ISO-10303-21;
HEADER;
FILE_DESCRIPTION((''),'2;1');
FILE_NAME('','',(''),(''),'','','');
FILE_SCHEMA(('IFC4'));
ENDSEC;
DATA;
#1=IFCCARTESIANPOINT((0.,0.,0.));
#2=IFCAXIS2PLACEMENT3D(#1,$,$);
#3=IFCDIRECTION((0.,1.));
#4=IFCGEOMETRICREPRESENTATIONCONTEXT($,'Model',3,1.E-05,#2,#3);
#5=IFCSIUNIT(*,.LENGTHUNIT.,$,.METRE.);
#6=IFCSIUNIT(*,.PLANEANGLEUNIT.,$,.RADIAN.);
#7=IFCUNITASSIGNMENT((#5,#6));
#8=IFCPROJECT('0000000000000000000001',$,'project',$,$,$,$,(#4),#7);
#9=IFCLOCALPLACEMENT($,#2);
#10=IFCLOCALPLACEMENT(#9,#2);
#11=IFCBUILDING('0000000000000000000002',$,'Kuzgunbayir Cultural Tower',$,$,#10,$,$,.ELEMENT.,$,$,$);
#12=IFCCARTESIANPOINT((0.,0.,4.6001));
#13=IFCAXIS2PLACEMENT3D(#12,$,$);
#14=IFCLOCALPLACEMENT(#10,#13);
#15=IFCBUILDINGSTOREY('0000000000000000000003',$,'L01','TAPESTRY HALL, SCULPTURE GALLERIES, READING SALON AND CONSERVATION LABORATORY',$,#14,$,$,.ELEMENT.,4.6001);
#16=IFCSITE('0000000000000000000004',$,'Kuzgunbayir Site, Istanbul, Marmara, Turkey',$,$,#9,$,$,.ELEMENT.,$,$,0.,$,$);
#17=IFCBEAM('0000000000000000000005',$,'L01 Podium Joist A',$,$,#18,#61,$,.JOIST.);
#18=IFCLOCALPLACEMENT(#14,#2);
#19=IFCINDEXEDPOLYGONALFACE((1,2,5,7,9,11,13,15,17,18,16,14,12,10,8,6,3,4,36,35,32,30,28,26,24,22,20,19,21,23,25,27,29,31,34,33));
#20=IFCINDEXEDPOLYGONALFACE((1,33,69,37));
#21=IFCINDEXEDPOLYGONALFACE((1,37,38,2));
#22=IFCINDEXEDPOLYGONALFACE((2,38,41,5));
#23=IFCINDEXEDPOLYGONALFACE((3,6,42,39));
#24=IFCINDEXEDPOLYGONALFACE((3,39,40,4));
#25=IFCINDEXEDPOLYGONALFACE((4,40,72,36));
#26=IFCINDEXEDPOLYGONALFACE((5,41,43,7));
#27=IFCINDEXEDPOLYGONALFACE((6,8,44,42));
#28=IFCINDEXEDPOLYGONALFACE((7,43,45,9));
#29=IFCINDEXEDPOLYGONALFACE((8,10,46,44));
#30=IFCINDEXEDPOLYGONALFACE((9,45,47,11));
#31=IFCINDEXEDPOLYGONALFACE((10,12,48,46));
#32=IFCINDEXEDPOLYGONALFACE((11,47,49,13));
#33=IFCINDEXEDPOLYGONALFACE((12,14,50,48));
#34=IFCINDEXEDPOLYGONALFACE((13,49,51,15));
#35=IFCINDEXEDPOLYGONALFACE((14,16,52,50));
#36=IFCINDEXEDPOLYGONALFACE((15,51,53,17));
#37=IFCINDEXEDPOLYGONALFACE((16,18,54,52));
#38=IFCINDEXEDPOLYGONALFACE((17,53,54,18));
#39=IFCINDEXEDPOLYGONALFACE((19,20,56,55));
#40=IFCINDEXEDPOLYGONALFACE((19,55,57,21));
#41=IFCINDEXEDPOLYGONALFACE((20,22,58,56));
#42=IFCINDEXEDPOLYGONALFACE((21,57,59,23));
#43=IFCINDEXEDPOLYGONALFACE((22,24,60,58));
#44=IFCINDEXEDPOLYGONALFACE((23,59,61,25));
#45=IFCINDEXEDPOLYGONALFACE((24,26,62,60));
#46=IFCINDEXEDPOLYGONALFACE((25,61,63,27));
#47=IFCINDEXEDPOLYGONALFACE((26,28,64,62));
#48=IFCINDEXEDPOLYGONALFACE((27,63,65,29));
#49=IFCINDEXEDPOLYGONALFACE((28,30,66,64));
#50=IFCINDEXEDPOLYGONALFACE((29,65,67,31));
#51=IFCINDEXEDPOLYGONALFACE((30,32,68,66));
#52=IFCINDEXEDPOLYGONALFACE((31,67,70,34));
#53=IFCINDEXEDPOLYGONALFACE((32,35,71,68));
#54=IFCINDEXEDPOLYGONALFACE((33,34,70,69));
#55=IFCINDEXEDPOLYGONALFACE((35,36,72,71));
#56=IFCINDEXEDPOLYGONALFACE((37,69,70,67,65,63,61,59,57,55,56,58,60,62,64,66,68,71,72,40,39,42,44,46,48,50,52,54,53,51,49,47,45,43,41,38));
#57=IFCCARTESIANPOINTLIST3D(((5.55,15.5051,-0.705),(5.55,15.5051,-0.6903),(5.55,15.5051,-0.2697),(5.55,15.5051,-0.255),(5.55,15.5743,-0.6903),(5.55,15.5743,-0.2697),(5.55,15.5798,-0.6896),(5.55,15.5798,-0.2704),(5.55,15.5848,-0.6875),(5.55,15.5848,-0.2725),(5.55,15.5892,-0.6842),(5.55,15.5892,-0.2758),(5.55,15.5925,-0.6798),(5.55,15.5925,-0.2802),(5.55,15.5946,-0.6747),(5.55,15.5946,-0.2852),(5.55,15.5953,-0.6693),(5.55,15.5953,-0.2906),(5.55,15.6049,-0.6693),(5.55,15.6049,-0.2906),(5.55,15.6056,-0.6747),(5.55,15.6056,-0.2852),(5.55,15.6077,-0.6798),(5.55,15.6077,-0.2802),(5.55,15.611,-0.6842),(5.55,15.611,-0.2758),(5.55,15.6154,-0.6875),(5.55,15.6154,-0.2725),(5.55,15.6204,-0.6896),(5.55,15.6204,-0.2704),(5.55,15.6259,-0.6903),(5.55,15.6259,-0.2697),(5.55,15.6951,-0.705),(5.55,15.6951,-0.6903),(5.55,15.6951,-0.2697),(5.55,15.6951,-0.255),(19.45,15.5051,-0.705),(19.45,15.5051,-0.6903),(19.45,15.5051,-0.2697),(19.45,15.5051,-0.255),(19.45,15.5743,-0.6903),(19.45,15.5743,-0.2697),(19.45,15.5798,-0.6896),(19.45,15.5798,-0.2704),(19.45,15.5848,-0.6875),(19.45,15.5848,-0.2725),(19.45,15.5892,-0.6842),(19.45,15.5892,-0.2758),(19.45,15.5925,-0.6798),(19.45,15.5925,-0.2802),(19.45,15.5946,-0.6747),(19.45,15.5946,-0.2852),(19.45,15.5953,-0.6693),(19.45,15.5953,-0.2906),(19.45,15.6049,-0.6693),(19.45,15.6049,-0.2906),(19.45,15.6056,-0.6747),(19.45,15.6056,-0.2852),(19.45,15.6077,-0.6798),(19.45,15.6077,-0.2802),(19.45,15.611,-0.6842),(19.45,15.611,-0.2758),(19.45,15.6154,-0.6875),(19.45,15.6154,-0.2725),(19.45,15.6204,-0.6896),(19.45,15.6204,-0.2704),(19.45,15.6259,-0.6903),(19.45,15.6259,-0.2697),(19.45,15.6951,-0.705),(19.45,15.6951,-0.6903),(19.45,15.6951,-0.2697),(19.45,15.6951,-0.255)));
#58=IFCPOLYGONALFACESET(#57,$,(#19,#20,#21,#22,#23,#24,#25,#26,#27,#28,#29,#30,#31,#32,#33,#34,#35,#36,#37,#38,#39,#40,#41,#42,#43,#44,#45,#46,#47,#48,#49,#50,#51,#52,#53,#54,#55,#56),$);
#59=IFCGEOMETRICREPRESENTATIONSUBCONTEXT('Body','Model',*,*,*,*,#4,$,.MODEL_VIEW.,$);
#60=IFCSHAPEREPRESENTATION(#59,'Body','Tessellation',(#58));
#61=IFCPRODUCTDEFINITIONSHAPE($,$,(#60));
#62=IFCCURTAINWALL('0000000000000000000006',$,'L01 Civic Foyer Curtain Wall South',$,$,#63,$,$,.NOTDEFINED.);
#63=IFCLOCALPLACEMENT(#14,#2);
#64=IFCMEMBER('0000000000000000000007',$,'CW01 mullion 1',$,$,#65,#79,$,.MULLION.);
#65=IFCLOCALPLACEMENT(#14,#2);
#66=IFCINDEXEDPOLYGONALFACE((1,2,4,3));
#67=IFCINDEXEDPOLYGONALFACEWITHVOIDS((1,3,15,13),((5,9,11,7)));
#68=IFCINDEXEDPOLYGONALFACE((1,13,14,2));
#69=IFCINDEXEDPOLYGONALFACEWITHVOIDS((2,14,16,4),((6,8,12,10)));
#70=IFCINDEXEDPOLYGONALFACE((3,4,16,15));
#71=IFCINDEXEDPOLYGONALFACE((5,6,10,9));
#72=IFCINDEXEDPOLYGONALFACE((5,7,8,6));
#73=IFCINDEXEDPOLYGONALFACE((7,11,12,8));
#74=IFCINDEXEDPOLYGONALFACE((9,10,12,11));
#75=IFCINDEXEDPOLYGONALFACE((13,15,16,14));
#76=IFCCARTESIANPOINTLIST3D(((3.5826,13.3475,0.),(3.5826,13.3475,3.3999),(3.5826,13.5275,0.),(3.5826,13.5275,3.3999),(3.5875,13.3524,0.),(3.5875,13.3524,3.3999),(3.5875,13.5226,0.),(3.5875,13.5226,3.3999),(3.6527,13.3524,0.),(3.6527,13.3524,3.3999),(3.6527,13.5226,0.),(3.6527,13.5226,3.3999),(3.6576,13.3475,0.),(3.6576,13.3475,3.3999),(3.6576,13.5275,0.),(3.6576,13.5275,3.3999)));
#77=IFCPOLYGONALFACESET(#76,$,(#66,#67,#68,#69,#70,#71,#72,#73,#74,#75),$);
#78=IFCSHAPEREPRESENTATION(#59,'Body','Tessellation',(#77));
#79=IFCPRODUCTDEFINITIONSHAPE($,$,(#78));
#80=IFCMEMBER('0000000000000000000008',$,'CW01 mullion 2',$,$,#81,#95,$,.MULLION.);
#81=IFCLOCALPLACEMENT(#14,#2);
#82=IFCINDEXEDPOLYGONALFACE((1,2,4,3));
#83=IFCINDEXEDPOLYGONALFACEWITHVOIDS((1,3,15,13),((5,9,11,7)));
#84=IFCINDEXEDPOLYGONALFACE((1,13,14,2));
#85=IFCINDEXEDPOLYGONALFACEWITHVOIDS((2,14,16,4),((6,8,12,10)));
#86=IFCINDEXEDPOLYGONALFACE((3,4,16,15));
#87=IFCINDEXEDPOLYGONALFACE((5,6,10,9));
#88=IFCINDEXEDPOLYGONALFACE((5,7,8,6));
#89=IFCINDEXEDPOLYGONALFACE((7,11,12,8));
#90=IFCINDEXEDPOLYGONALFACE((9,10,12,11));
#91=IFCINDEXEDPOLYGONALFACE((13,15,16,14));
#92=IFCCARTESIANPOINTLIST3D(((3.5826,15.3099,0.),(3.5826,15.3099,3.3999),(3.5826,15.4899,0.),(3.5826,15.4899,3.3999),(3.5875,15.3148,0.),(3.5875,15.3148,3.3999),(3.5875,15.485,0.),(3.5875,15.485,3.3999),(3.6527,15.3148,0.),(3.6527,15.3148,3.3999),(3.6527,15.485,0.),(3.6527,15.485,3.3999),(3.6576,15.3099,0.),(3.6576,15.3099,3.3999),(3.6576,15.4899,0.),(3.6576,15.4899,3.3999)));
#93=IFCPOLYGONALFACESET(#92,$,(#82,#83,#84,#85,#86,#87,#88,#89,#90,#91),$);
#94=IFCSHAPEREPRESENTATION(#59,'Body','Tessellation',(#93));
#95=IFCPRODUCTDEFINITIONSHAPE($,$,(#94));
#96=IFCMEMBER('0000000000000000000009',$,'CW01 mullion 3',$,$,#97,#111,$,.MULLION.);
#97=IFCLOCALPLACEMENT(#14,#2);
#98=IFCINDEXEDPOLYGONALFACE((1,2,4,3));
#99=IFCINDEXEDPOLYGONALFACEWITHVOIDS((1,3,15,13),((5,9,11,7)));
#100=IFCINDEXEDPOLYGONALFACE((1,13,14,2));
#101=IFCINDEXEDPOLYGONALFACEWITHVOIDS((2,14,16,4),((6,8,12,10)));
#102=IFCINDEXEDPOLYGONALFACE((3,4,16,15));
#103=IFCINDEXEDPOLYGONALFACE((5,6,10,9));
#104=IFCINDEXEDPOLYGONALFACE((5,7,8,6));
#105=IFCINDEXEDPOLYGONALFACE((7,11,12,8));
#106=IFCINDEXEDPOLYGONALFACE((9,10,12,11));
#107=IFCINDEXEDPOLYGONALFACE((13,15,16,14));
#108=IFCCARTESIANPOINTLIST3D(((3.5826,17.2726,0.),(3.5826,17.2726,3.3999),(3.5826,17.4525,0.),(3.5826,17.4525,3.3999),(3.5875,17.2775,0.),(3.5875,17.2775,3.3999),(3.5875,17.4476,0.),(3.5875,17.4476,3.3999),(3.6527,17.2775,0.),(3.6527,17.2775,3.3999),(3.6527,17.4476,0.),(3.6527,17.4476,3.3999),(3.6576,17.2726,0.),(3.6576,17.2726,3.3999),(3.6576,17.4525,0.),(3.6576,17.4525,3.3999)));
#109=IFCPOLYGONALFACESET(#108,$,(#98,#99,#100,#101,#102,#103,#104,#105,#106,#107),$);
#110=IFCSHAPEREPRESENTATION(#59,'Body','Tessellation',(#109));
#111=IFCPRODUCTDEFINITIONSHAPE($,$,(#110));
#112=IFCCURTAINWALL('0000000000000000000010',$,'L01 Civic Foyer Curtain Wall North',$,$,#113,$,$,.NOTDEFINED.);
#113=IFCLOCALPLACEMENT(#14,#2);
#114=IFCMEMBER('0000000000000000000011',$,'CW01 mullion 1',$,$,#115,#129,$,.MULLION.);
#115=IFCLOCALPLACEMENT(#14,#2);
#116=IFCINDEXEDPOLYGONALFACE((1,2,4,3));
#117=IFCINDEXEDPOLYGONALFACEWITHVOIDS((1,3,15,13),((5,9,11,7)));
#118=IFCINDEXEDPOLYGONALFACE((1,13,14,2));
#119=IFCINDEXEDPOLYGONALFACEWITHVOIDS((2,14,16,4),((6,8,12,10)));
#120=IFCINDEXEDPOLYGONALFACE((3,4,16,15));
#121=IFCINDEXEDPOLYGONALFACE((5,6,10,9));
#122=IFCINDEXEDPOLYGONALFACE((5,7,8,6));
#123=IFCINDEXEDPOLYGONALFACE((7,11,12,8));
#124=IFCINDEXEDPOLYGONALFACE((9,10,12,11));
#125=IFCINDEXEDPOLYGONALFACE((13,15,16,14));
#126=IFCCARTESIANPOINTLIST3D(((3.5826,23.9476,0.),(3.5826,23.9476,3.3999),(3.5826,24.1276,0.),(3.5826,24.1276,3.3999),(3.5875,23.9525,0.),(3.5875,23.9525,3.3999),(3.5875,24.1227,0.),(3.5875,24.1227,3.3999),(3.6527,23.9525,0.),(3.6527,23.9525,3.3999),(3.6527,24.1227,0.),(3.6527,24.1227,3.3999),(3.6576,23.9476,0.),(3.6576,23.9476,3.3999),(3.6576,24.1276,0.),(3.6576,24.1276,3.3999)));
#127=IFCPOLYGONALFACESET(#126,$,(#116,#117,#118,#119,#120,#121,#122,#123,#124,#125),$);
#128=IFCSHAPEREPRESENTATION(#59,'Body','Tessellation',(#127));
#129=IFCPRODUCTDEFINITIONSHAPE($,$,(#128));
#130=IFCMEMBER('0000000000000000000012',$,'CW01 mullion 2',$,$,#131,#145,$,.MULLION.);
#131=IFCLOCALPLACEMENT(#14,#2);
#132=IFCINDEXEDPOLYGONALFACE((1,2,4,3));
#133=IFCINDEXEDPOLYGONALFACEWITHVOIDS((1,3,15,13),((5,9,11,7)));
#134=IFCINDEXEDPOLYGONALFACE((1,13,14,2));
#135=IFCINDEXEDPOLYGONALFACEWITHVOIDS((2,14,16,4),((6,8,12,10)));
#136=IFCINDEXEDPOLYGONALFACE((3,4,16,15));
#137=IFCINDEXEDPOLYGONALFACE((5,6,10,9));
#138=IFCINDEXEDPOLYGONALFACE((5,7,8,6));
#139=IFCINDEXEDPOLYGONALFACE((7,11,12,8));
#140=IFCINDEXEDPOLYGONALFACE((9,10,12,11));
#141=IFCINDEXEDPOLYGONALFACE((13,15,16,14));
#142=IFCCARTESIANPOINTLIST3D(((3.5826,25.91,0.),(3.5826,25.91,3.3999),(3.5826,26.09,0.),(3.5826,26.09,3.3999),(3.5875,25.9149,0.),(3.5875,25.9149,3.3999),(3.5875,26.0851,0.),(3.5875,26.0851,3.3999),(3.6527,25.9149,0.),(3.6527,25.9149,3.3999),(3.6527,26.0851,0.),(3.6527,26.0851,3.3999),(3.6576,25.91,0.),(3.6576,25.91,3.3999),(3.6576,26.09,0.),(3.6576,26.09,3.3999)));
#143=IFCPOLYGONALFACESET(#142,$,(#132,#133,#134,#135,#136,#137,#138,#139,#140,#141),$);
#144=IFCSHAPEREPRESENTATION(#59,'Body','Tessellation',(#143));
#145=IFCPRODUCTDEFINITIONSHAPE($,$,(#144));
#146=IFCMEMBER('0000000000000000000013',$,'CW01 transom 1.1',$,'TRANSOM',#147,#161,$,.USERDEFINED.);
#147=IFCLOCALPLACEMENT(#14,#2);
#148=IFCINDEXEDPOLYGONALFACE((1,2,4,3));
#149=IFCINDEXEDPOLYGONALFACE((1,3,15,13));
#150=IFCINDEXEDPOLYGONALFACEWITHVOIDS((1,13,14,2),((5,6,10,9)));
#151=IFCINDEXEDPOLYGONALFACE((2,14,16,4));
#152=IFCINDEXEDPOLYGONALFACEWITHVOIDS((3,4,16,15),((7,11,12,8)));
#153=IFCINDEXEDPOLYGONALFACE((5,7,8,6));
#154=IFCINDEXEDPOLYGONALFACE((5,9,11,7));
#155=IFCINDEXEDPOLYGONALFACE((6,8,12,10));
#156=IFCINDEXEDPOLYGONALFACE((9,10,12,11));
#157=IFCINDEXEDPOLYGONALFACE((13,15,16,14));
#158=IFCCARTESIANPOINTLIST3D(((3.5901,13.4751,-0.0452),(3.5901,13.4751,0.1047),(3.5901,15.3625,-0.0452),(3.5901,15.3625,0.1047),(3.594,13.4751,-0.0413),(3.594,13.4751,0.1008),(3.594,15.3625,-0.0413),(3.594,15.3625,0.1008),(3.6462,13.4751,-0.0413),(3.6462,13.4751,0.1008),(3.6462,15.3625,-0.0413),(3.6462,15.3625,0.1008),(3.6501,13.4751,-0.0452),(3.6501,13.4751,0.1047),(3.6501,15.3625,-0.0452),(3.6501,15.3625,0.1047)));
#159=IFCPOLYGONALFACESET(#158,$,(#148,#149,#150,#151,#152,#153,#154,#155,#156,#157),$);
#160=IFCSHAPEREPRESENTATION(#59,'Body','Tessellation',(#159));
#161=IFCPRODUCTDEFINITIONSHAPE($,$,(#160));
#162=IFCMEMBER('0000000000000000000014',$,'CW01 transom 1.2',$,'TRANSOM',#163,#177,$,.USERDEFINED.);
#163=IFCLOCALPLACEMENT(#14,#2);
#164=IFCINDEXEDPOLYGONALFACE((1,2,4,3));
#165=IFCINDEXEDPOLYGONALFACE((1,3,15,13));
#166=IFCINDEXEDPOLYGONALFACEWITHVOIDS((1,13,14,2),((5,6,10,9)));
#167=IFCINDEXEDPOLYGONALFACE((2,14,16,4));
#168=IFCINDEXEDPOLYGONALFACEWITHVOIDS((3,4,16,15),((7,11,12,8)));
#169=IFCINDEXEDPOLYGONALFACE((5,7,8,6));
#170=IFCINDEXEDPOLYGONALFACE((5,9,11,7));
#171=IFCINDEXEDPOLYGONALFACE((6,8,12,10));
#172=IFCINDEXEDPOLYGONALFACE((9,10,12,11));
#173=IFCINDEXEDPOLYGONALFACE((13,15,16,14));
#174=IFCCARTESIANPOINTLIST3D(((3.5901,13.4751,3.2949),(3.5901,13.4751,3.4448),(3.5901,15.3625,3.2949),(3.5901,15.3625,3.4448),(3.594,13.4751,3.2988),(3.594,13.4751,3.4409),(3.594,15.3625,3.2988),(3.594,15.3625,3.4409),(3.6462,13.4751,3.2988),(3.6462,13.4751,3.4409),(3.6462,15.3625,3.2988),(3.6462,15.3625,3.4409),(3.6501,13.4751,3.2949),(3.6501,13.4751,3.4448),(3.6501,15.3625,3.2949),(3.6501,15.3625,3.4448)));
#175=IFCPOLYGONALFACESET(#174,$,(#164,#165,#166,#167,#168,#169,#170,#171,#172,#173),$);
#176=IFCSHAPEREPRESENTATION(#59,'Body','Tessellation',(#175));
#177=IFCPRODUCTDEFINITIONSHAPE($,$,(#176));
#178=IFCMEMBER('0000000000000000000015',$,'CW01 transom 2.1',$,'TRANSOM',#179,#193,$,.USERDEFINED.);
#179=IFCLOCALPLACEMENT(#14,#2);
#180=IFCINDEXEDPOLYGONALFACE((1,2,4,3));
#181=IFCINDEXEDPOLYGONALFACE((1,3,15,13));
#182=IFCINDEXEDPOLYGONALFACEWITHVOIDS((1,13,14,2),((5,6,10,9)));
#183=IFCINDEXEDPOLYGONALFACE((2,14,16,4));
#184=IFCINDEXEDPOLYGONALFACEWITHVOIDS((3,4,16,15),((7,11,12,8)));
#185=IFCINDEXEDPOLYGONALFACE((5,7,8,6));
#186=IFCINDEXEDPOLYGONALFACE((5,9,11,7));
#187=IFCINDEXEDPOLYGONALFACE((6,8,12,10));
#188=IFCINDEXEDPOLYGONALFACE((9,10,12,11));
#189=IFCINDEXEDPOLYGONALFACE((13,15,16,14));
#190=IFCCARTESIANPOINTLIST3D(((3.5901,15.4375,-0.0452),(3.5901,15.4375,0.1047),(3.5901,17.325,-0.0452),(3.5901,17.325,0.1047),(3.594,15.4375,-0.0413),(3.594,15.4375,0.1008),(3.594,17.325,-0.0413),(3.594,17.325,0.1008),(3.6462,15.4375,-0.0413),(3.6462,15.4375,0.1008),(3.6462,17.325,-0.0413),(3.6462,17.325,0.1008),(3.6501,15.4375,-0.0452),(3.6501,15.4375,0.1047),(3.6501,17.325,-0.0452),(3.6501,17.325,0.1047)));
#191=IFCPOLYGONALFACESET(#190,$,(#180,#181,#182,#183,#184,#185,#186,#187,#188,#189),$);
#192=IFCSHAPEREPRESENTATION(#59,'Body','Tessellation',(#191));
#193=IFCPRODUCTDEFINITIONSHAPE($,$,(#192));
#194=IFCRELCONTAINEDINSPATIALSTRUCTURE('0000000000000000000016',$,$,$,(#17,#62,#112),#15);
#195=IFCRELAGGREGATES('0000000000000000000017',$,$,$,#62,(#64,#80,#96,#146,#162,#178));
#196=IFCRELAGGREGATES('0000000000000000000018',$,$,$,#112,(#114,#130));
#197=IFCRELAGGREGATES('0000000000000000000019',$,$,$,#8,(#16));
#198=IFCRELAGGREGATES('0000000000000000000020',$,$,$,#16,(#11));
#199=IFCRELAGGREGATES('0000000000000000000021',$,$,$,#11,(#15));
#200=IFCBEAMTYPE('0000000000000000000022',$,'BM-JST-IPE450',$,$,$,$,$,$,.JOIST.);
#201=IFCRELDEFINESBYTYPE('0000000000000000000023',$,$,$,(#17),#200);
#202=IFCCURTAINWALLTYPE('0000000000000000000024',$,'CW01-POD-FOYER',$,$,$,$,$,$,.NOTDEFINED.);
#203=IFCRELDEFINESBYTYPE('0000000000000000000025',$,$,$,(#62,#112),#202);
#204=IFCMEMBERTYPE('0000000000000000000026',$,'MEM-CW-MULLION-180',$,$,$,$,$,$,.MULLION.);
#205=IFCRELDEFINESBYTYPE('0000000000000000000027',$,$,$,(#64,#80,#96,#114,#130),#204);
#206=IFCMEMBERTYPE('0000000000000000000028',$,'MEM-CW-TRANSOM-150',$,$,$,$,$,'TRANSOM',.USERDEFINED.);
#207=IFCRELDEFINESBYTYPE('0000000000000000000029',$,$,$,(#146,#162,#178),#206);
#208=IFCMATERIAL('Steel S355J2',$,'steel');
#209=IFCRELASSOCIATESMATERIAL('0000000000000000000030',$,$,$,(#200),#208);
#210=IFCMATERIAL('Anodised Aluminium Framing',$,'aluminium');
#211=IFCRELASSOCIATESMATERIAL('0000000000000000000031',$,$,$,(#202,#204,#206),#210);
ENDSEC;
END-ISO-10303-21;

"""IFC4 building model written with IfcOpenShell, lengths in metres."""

from ifc_helpers import new_model, si_unit, direction, frame, origin, origin_2d, place, context, subcontext, project, spatial, hollow_rectangle, i_section, extrude, material, material_profile, profile_set, type_object, element, aggregate, save


model = new_model("IFC4")

# Units and contexts
model_context = context("Model", 3, precision=1e-05, world=origin(), true_north=direction((0.0, 1.0)))
body_context = subcontext(model_context, "Body", "Model", "MODEL_VIEW")
ifc_project = project(units=[si_unit("LENGTHUNIT", "METRE"), si_unit("PLANEANGLEUNIT", "RADIAN")], contexts=[model_context])

# Site, building, storey
site_placement = place(None, origin())
site = spatial("IfcSite", under=ifc_project, at=site_placement, Name="Kuzgunbayir Site, Istanbul, Marmara, Turkey", CompositionType="ELEMENT", RefElevation=0.0)
building_placement = place(site_placement, origin())
building = spatial("IfcBuilding", under=site, at=building_placement, Name="Kuzgunbayir Cultural Tower", CompositionType="ELEMENT")
storey_placement = place(building_placement, frame((0.0, 0.0, 4.6001)))
storey = spatial("IfcBuildingStorey", under=building, at=storey_placement, Name="L01", Description="TAPESTRY HALL, SCULPTURE GALLERIES, READING SALON AND CONSERVATION LABORATORY", CompositionType="ELEMENT", Elevation=4.6001)

# Beam
ifc_material_1 = material(Name="Steel S355J2", Category="steel")
ifc_material_profile_1 = material_profile(ifc_material_1, i_section(OverallWidth=0.1899, OverallDepth=0.45, WebThickness=0.0095, FlangeThickness=0.0146, FilletRadius=0.021, at=origin_2d()), Name="IPE 450")
ifc_profile_set_1 = profile_set([ifc_material_profile_1], Name="Steel S355J2")
beam_type_1 = type_object("IfcBeamType", Name="BM-JST-IPE450", PredefinedType="JOIST", material=ifc_profile_set_1)
beam_1_placement = place(storey_placement, frame((5.55, 15.6001, -0.48), z_axis=(1.0, 0.0, 0.0), x_axis=(0.0, 1.0, 0.0)))
element("IfcBeam", 1, at=beam_1_placement, inside=storey, type_object=beam_type_1, Name="L01 Podium Joist A", PredefinedType="JOIST", context=body_context, shape_type="SweptSolid", body=[
    extrude(i_section(OverallWidth=0.1899, OverallDepth=0.45, WebThickness=0.0095, FlangeThickness=0.0146, FilletRadius=0.021, at=origin_2d()), origin(), (0.0, 0.0, 1.0), 13.8999),
])

# Curtain walls, members
ifc_material_2 = material(Name="Anodised Aluminium Framing", Category="aluminium")
curtain_wall_type = type_object("IfcCurtainWallType", Name="CW01-POD-FOYER", PredefinedType="NOTDEFINED", material=ifc_material_2)
curtain_wall_1_placement = place(storey_placement, origin())
curtain_wall_1 = element("IfcCurtainWall", 2, at=curtain_wall_1_placement, inside=storey, type_object=curtain_wall_type, Name="L01 Civic Foyer Curtain Wall South", PredefinedType="NOTDEFINED")
ifc_material_profile_2 = material_profile(ifc_material_2, hollow_rectangle(XDim=0.075, YDim=0.1799, WallThickness=0.0049, at=origin_2d()), Name="RHS 180x75x5")
ifc_profile_set_2 = profile_set([ifc_material_profile_2], Name="Anodised Aluminium Framing")
member_type_1 = type_object("IfcMemberType", Name="MEM-CW-MULLION-180", PredefinedType="MULLION", material=ifc_profile_set_2)
member_1_placement = place(storey_placement, frame((3.6201, 13.4375, 0.0), z_axis=(0.0, 0.0, 1.0), x_axis=(-1.0, 0.0, 0.0)))
member_1 = element("IfcMember", 3, at=member_1_placement, type_object=member_type_1, Name="CW01 mullion 1", PredefinedType="MULLION", context=body_context, shape_type="SweptSolid", body=[
    extrude(hollow_rectangle(XDim=0.075, YDim=0.1799, WallThickness=0.0049, at=origin_2d()), origin(), (0.0, 0.0, 1.0), 3.3999),
])
member_2_placement = place(storey_placement, frame((3.6201, 15.3999, 0.0), z_axis=(0.0, 0.0, 1.0), x_axis=(-1.0, 0.0, 0.0)))
member_2 = element("IfcMember", 4, at=member_2_placement, type_object=member_type_1, Name="CW01 mullion 2", PredefinedType="MULLION", context=body_context, shape_type="SweptSolid", body=[
    extrude(hollow_rectangle(XDim=0.075, YDim=0.1799, WallThickness=0.0049, at=origin_2d()), origin(), (0.0, 0.0, 1.0), 3.3999),
])
member_3_placement = place(storey_placement, frame((3.6201, 17.3625, 0.0), z_axis=(0.0, 0.0, 1.0), x_axis=(-1.0, 0.0, 0.0)))
member_3 = element("IfcMember", 5, at=member_3_placement, type_object=member_type_1, Name="CW01 mullion 3", PredefinedType="MULLION", context=body_context, shape_type="SweptSolid", body=[
    extrude(hollow_rectangle(XDim=0.075, YDim=0.1799, WallThickness=0.0049, at=origin_2d()), origin(), (0.0, 0.0, 1.0), 3.3999),
])
curtain_wall_2_placement = place(storey_placement, origin())
curtain_wall_2 = element("IfcCurtainWall", 6, at=curtain_wall_2_placement, inside=storey, type_object=curtain_wall_type, Name="L01 Civic Foyer Curtain Wall North", PredefinedType="NOTDEFINED")
member_4_placement = place(storey_placement, frame((3.6201, 24.0376, 0.0), z_axis=(0.0, 0.0, 1.0), x_axis=(-1.0, 0.0, 0.0)))
member_4 = element("IfcMember", 7, at=member_4_placement, type_object=member_type_1, Name="CW01 mullion 1", PredefinedType="MULLION", context=body_context, shape_type="SweptSolid", body=[
    extrude(hollow_rectangle(XDim=0.075, YDim=0.1799, WallThickness=0.0049, at=origin_2d()), origin(), (0.0, 0.0, 1.0), 3.3999),
])
member_5_placement = place(storey_placement, frame((3.6201, 26.0, 0.0), z_axis=(0.0, 0.0, 1.0), x_axis=(-1.0, 0.0, 0.0)))
member_5 = element("IfcMember", 8, at=member_5_placement, type_object=member_type_1, Name="CW01 mullion 2", PredefinedType="MULLION", context=body_context, shape_type="SweptSolid", body=[
    extrude(hollow_rectangle(XDim=0.075, YDim=0.1799, WallThickness=0.0049, at=origin_2d()), origin(), (0.0, 0.0, 1.0), 3.3999),
])

# Members
ifc_material_profile_3 = material_profile(ifc_material_2, hollow_rectangle(XDim=0.0601, YDim=0.1499, WallThickness=0.0039, at=origin_2d()), Name="RHS 150x60x4")
ifc_profile_set_3 = profile_set([ifc_material_profile_3], Name="Anodised Aluminium Framing")
member_type_2 = type_object("IfcMemberType", Name="MEM-CW-TRANSOM-150", ElementType="TRANSOM", PredefinedType="USERDEFINED", material=ifc_profile_set_3)
member_6_placement = place(storey_placement, frame((3.6201, 13.4751, 0.0298), z_axis=(0.0, 1.0, 0.0), x_axis=(-1.0, 0.0, 0.0)))
member_6 = element("IfcMember", 9, at=member_6_placement, type_object=member_type_2, Name="CW01 transom 1.1", ObjectType="TRANSOM", PredefinedType="USERDEFINED", context=body_context, shape_type="SweptSolid", body=[
    extrude(hollow_rectangle(XDim=0.0601, YDim=0.1499, WallThickness=0.0039, at=origin_2d()), origin(), (0.0, 0.0, 1.0), 1.8875),
])
member_7_placement = place(storey_placement, frame((3.6201, 13.4751, 3.3699), z_axis=(0.0, 1.0, 0.0), x_axis=(-1.0, 0.0, 0.0)))
member_7 = element("IfcMember", 10, at=member_7_placement, type_object=member_type_2, Name="CW01 transom 1.2", ObjectType="TRANSOM", PredefinedType="USERDEFINED", context=body_context, shape_type="SweptSolid", body=[
    extrude(hollow_rectangle(XDim=0.0601, YDim=0.1499, WallThickness=0.0039, at=origin_2d()), origin(), (0.0, 0.0, 1.0), 1.8875),
])
member_8_placement = place(storey_placement, frame((3.6201, 15.4375, 0.0298), z_axis=(0.0, 1.0, 0.0), x_axis=(-1.0, 0.0, 0.0)))
member_8 = element("IfcMember", 11, at=member_8_placement, type_object=member_type_2, Name="CW01 transom 2.1", ObjectType="TRANSOM", PredefinedType="USERDEFINED", context=body_context, shape_type="SweptSolid", body=[
    extrude(hollow_rectangle(XDim=0.0601, YDim=0.1499, WallThickness=0.0039, at=origin_2d()), origin(), (0.0, 0.0, 1.0), 1.8875),
])

aggregate(curtain_wall_1, [member_1, member_2, member_3, member_6, member_7, member_8])
aggregate(curtain_wall_2, [member_4, member_5])

save(model, "model.ifc")
